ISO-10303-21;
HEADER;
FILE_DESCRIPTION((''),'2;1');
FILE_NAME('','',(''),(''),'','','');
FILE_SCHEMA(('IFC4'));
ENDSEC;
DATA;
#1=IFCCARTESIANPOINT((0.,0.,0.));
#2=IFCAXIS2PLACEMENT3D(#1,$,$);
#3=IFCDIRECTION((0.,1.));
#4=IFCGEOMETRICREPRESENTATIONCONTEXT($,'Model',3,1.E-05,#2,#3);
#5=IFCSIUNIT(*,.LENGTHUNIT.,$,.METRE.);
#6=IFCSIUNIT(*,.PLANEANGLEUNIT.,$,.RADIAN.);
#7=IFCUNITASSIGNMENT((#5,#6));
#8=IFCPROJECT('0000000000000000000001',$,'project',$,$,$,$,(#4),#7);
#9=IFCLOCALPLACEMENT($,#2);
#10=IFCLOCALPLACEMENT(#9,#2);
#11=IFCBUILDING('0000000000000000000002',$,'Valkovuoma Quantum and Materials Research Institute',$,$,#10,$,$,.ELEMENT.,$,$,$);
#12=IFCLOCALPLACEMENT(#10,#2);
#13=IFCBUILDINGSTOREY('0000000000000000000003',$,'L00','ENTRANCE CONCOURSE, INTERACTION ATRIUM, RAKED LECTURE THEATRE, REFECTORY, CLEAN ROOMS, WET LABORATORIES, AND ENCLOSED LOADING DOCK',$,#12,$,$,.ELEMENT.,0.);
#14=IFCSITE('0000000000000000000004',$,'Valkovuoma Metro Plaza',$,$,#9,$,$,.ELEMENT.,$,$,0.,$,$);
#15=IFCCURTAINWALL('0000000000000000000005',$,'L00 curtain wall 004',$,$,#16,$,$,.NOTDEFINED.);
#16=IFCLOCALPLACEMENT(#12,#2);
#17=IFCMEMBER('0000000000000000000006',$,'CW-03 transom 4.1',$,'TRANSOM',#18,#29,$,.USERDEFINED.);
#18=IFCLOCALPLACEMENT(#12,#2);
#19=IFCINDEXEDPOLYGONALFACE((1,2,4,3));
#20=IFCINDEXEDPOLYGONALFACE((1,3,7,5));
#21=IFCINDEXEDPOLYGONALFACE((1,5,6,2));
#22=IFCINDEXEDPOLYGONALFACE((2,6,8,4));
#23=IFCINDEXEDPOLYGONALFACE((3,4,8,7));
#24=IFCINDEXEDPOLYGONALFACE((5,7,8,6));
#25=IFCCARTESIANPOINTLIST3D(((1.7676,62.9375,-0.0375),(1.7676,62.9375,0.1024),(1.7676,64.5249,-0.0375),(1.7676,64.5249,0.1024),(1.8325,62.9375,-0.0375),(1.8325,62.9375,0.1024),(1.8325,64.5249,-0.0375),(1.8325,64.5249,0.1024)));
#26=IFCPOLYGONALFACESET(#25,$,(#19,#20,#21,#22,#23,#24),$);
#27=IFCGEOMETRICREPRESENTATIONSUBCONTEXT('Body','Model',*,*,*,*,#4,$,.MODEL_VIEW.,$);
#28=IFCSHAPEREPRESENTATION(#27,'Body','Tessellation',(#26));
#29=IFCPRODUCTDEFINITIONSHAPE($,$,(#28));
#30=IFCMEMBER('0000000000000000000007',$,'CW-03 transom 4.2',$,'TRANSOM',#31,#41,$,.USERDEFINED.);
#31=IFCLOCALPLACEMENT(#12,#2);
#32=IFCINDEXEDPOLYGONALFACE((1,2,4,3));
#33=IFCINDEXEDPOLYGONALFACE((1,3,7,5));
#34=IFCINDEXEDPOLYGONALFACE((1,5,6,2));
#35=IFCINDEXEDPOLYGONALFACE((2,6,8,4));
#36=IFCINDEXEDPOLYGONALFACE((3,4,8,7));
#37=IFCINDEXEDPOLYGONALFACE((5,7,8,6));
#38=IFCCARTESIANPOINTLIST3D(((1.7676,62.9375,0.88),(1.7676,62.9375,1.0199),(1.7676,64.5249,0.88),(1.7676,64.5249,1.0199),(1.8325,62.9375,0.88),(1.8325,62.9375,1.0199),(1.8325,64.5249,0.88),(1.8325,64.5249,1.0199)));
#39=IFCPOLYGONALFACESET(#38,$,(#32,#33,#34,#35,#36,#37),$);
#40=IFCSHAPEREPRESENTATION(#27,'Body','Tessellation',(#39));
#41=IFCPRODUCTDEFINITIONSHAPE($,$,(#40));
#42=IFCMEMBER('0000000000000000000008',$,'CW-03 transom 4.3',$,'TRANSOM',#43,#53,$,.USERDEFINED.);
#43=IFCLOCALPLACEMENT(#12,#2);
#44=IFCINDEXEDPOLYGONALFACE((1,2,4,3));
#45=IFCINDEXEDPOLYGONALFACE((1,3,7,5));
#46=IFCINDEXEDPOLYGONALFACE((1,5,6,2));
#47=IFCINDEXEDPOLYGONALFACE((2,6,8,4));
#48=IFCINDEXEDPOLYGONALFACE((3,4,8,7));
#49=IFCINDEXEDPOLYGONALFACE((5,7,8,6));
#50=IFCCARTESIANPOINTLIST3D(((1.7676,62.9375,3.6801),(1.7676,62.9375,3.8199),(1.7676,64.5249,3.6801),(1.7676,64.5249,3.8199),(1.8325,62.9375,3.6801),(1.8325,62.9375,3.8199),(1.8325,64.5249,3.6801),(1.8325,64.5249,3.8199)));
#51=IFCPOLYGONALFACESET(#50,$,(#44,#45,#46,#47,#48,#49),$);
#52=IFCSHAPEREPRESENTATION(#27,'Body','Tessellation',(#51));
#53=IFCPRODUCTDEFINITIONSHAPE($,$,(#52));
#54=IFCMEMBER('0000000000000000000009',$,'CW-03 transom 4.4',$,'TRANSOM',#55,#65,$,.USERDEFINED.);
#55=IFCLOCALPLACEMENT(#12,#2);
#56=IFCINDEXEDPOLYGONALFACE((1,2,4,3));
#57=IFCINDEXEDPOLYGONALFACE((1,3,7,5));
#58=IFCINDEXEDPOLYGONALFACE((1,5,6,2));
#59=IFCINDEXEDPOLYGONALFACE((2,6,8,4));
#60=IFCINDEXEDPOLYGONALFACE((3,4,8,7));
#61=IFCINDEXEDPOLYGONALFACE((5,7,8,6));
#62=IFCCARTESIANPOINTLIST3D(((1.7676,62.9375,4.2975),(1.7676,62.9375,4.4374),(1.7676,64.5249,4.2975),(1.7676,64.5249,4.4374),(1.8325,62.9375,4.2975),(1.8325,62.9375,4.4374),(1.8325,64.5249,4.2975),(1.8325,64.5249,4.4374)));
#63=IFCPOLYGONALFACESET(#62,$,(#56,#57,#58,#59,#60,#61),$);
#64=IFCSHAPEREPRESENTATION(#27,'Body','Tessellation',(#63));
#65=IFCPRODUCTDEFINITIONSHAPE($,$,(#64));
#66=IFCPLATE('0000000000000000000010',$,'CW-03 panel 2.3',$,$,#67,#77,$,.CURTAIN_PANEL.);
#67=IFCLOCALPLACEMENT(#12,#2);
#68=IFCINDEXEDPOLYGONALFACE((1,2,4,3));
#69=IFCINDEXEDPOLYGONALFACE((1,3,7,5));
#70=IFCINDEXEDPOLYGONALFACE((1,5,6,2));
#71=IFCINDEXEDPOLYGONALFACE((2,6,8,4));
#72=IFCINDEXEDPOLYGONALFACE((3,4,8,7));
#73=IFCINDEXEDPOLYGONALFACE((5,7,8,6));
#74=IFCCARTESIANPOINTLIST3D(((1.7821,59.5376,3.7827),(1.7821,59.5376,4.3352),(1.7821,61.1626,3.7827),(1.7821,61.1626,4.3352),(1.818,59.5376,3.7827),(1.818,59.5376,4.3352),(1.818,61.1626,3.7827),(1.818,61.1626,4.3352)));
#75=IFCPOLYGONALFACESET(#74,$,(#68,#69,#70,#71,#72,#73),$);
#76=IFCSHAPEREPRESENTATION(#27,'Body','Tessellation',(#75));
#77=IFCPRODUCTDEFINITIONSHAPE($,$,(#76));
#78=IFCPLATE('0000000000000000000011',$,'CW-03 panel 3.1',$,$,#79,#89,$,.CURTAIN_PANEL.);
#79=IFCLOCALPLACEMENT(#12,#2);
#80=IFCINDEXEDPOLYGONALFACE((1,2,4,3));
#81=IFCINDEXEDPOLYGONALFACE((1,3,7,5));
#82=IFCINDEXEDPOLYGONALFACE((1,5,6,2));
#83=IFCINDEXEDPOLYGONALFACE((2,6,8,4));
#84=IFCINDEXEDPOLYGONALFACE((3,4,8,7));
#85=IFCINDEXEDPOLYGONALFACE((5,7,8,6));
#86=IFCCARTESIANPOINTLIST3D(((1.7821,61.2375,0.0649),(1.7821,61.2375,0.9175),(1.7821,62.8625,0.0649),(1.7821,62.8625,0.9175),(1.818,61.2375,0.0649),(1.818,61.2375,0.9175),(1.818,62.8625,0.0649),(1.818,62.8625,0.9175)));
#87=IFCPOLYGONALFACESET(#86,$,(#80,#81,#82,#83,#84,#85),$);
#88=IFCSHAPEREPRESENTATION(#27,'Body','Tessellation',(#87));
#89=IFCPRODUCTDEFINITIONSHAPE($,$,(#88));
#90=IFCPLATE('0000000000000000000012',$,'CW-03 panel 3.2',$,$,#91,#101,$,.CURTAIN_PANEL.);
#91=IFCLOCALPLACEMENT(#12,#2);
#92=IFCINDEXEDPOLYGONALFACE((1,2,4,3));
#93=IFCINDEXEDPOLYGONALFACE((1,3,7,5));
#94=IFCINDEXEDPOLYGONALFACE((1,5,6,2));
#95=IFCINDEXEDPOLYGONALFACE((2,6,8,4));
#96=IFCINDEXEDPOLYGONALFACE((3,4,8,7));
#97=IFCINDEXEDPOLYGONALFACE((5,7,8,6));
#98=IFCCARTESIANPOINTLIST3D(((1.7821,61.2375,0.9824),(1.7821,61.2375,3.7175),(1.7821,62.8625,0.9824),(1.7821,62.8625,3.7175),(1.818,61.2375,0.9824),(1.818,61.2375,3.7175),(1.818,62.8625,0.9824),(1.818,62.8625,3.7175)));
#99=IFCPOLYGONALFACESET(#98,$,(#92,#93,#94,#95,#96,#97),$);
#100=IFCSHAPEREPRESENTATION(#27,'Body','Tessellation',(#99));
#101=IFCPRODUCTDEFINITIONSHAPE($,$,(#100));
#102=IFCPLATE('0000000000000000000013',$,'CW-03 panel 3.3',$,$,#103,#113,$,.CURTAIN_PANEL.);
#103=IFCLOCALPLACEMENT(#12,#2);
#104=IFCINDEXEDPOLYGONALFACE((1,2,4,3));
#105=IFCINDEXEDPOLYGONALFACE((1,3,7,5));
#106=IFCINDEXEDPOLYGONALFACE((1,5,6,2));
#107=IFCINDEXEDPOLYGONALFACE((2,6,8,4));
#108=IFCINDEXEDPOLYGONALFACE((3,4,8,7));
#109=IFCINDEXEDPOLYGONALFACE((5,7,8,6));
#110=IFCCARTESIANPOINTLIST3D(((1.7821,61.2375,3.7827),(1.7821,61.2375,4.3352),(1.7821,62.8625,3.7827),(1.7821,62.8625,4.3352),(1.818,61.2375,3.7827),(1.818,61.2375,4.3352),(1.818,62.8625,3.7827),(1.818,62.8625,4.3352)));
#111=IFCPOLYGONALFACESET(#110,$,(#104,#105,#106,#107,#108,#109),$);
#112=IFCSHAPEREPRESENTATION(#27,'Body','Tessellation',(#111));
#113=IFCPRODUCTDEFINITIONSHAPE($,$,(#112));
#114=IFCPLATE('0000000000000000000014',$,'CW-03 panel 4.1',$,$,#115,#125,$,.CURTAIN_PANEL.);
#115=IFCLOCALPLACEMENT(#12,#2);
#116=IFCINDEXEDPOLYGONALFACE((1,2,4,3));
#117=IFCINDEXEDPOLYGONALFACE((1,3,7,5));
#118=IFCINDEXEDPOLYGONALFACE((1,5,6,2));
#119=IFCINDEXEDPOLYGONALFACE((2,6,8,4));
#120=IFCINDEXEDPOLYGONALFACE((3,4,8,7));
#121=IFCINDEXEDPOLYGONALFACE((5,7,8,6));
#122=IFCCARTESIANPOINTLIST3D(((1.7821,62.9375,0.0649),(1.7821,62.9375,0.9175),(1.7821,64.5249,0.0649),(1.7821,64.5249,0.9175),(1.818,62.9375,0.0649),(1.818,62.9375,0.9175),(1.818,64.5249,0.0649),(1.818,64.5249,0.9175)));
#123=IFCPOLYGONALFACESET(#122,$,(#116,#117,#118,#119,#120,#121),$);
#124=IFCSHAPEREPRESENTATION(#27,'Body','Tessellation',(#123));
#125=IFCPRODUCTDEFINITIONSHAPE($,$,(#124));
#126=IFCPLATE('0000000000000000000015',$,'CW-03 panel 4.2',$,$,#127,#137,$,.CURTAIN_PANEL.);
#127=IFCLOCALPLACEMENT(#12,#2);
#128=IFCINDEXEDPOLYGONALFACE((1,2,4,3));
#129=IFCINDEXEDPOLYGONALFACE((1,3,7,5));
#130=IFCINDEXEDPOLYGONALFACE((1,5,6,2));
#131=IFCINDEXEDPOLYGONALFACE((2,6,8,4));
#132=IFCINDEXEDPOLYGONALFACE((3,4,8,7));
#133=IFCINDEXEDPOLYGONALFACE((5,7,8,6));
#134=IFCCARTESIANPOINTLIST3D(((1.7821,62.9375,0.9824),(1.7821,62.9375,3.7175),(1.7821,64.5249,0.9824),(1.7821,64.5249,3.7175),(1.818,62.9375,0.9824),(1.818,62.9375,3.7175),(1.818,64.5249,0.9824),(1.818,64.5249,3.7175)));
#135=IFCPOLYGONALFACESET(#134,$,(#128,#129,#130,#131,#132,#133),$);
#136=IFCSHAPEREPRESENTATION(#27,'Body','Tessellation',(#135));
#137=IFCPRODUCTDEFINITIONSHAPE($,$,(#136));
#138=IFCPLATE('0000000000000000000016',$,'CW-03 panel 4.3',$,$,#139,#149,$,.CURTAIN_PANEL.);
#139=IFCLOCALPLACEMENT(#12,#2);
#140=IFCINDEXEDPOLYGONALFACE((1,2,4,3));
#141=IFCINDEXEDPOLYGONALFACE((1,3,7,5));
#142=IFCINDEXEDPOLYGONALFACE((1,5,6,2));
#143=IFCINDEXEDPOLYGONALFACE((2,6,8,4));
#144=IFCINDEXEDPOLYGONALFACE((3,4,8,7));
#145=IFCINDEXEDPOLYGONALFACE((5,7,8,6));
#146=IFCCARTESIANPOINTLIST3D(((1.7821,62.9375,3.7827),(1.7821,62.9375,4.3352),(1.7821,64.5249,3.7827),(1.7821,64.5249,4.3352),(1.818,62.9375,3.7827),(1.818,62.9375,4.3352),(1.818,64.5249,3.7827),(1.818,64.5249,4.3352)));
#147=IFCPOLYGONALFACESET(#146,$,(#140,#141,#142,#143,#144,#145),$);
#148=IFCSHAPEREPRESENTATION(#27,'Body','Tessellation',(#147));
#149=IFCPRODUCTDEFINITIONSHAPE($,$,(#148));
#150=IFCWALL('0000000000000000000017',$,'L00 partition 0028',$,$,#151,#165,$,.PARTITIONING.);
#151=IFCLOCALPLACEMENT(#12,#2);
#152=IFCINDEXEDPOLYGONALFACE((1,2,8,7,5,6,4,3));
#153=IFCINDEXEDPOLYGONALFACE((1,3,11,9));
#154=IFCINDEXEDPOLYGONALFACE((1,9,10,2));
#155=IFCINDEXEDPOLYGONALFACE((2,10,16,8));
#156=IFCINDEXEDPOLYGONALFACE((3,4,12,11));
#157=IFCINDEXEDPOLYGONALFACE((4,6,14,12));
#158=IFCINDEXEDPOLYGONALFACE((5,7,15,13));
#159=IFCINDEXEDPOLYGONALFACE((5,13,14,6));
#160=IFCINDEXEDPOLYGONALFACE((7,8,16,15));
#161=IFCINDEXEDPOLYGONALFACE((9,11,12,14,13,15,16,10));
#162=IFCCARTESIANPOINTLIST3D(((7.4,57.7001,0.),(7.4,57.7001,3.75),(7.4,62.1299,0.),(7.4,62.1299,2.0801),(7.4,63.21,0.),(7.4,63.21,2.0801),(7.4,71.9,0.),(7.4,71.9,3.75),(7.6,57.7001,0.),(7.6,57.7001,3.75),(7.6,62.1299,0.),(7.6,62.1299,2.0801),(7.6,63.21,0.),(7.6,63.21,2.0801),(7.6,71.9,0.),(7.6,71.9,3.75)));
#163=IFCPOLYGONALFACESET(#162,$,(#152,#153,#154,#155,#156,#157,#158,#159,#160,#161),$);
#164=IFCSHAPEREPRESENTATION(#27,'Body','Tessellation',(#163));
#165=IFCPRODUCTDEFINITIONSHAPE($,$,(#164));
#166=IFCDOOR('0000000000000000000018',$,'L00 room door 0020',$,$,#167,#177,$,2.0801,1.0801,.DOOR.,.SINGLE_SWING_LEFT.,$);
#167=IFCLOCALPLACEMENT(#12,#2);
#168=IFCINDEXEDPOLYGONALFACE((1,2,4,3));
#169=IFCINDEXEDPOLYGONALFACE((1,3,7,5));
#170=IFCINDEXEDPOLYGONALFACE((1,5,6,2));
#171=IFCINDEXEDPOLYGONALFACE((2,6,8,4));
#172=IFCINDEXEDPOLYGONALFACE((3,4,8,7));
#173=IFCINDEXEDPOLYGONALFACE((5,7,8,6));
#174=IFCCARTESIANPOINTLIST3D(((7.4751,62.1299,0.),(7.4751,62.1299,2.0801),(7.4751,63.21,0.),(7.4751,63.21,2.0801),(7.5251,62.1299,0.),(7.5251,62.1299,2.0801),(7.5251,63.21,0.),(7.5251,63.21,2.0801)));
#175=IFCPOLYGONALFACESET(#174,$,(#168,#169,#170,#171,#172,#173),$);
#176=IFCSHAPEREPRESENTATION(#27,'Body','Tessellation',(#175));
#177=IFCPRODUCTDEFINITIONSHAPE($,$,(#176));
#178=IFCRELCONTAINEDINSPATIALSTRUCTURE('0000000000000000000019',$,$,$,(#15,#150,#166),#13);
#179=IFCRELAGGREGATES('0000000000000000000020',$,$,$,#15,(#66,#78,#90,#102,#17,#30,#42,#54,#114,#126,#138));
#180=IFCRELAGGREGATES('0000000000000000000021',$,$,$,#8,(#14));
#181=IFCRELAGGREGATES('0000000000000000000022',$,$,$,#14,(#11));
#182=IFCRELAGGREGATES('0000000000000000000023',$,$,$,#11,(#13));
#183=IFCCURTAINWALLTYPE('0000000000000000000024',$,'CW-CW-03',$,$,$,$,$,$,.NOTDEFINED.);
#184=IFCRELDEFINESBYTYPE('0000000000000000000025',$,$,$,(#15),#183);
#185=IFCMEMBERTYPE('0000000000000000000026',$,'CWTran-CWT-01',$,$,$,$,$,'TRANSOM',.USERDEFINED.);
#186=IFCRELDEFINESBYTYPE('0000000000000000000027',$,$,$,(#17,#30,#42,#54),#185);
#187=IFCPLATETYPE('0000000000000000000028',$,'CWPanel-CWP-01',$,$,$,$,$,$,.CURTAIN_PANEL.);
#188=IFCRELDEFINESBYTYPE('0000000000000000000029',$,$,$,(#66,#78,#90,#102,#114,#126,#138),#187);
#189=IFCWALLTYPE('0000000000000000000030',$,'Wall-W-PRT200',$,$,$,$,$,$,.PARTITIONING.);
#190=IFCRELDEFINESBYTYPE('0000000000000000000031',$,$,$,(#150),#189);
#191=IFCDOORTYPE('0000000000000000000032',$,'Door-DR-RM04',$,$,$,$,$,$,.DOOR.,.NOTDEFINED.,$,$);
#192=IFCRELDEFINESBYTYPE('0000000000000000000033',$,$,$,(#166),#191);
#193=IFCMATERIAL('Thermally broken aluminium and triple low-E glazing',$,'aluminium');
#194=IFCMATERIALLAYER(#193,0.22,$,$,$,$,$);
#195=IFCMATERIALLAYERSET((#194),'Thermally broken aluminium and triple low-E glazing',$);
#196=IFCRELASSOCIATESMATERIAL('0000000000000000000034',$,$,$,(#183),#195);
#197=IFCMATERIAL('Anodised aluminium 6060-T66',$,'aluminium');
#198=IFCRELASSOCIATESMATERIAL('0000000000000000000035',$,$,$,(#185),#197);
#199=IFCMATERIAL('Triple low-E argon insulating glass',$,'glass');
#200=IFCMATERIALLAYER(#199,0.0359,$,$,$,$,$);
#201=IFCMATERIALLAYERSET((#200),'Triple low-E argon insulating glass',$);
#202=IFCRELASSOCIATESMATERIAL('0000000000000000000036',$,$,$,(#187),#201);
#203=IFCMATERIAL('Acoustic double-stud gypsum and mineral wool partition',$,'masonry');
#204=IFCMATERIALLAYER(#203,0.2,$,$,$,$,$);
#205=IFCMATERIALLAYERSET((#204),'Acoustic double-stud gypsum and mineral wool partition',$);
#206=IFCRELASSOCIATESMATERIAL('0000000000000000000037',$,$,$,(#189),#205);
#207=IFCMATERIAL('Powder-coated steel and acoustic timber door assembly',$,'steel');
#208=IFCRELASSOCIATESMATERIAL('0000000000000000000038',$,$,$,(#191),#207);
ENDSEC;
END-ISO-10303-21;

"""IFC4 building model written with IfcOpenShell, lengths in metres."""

from ifc_helpers import new_model, si_unit, direction, frame, frame_2d, origin, origin_2d, place, context, subcontext, project, spatial, rectangle, extrude, material, layer, layer_set, material_profile, profile_set, type_object, element, fill, aggregate, save


model = new_model("IFC4")

# Units and contexts
model_context = context("Model", 3, precision=1e-05, world=origin(), true_north=direction((0.0, 1.0)))
body_context = subcontext(model_context, "Body", "Model", "MODEL_VIEW")
ifc_project = project(units=[si_unit("LENGTHUNIT", "METRE"), si_unit("PLANEANGLEUNIT", "RADIAN")], contexts=[model_context])

# Site, building, storey
site_placement = place(None, origin())
site = spatial("IfcSite", under=ifc_project, at=site_placement, Name="Valkovuoma Metro Plaza", CompositionType="ELEMENT", RefElevation=0.0)
building_placement = place(site_placement, origin())
building = spatial("IfcBuilding", under=site, at=building_placement, Name="Valkovuoma Quantum and Materials Research Institute", CompositionType="ELEMENT")
storey_placement = place(building_placement, origin())
storey = spatial("IfcBuildingStorey", under=building, at=storey_placement, Name="L00", Description="ENTRANCE CONCOURSE, INTERACTION ATRIUM, RAKED LECTURE THEATRE, REFECTORY, CLEAN ROOMS, WET LABORATORIES, AND ENCLOSED LOADING DOCK", CompositionType="ELEMENT", Elevation=0.0)

# Curtain wall
ifc_material_1 = material(Name="Thermally broken aluminium and triple low-E glazing", Category="aluminium")
ifc_layer_1 = layer(ifc_material_1, 0.22)
ifc_layer_set_1 = layer_set([ifc_layer_1], Name="Thermally broken aluminium and triple low-E glazing")
curtain_wall_type = type_object("IfcCurtainWallType", Name="CW-CW-03", PredefinedType="NOTDEFINED", material=ifc_layer_set_1)
curtain_wall_1_placement = place(storey_placement, origin())
curtain_wall_1 = element("IfcCurtainWall", 1, at=curtain_wall_1_placement, inside=storey, type_object=curtain_wall_type, Name="L00 curtain wall 004", PredefinedType="NOTDEFINED")

# Members
ifc_material_2 = material(Name="Anodised aluminium 6060-T66", Category="aluminium")
ifc_material_profile_1 = material_profile(ifc_material_2, rectangle(XDim=0.0649, YDim=0.1399, at=origin_2d()), Name="Anodised aluminium 6060-T66")
ifc_profile_set_1 = profile_set([ifc_material_profile_1], Name="Anodised aluminium 6060-T66")
member_type_1 = type_object("IfcMemberType", Name="CWTran-CWT-01", ElementType="TRANSOM", PredefinedType="USERDEFINED", material=ifc_profile_set_1)
member_1_placement = place(storey_placement, frame((1.8, 62.9375, 0.0325), z_axis=(0.0, 1.0, 0.0), x_axis=(-1.0, 0.0, 0.0)))
member_1 = element("IfcMember", 2, at=member_1_placement, type_object=member_type_1, Name="CW-03 transom 4.1", ObjectType="TRANSOM", PredefinedType="USERDEFINED", context=body_context, shape_type="SweptSolid", body=[
    extrude(rectangle(XDim=0.0649, YDim=0.1399, at=origin_2d()), origin(), (0.0, 0.0, 1.0), 1.5874),
])
member_2_placement = place(storey_placement, frame((1.8, 62.9375, 0.95), z_axis=(0.0, 1.0, 0.0), x_axis=(-1.0, 0.0, 0.0)))
member_2 = element("IfcMember", 3, at=member_2_placement, type_object=member_type_1, Name="CW-03 transom 4.2", ObjectType="TRANSOM", PredefinedType="USERDEFINED", context=body_context, shape_type="SweptSolid", body=[
    extrude(rectangle(XDim=0.0649, YDim=0.1399, at=origin_2d()), origin(), (0.0, 0.0, 1.0), 1.5874),
])
member_3_placement = place(storey_placement, frame((1.8, 62.9375, 3.75), z_axis=(0.0, 1.0, 0.0), x_axis=(-1.0, 0.0, 0.0)))
member_3 = element("IfcMember", 4, at=member_3_placement, type_object=member_type_1, Name="CW-03 transom 4.3", ObjectType="TRANSOM", PredefinedType="USERDEFINED", context=body_context, shape_type="SweptSolid", body=[
    extrude(rectangle(XDim=0.0649, YDim=0.1399, at=origin_2d()), origin(), (0.0, 0.0, 1.0), 1.5874),
])
member_4_placement = place(storey_placement, frame((1.8, 62.9375, 4.3674), z_axis=(0.0, 1.0, 0.0), x_axis=(-1.0, 0.0, 0.0)))
member_4 = element("IfcMember", 5, at=member_4_placement, type_object=member_type_1, Name="CW-03 transom 4.4", ObjectType="TRANSOM", PredefinedType="USERDEFINED", context=body_context, shape_type="SweptSolid", body=[
    extrude(rectangle(XDim=0.0649, YDim=0.1399, at=origin_2d()), origin(), (0.0, 0.0, 1.0), 1.5874),
])

# Plates
ifc_material_3 = material(Name="Triple low-E argon insulating glass", Category="glass")
ifc_layer_2 = layer(ifc_material_3, 0.0359)
ifc_layer_set_2 = layer_set([ifc_layer_2], Name="Triple low-E argon insulating glass")
plate_type = type_object("IfcPlateType", Name="CWPanel-CWP-01", PredefinedType="CURTAIN_PANEL", material=ifc_layer_set_2)
plate_1_placement = place(storey_placement, frame((1.8, 60.3501, 3.7827), z_axis=(0.0, 0.0, 1.0), x_axis=(0.0, 1.0, 0.0)))
plate_1 = element("IfcPlate", 6, at=plate_1_placement, type_object=plate_type, Name="CW-03 panel 2.3", PredefinedType="CURTAIN_PANEL", context=body_context, shape_type="SweptSolid", body=[
    extrude(rectangle(XDim=1.625, YDim=0.0359, at=origin_2d()), origin(), (0.0, 0.0, 1.0), 0.5525),
])
plate_2_placement = place(storey_placement, frame((1.8, 62.05, 0.0649), z_axis=(0.0, 0.0, 1.0), x_axis=(0.0, 1.0, 0.0)))
plate_2 = element("IfcPlate", 7, at=plate_2_placement, type_object=plate_type, Name="CW-03 panel 3.1", PredefinedType="CURTAIN_PANEL", context=body_context, shape_type="SweptSolid", body=[
    extrude(rectangle(XDim=1.625, YDim=0.0359, at=origin_2d()), origin(), (0.0, 0.0, 1.0), 0.8525),
])
plate_3_placement = place(storey_placement, frame((1.8, 62.05, 0.9824), z_axis=(0.0, 0.0, 1.0), x_axis=(0.0, 1.0, 0.0)))
plate_3 = element("IfcPlate", 8, at=plate_3_placement, type_object=plate_type, Name="CW-03 panel 3.2", PredefinedType="CURTAIN_PANEL", context=body_context, shape_type="SweptSolid", body=[
    extrude(rectangle(XDim=1.625, YDim=0.0359, at=origin_2d()), origin(), (0.0, 0.0, 1.0), 2.7351),
])
plate_4_placement = place(storey_placement, frame((1.8, 62.05, 3.7827), z_axis=(0.0, 0.0, 1.0), x_axis=(0.0, 1.0, 0.0)))
plate_4 = element("IfcPlate", 9, at=plate_4_placement, type_object=plate_type, Name="CW-03 panel 3.3", PredefinedType="CURTAIN_PANEL", context=body_context, shape_type="SweptSolid", body=[
    extrude(rectangle(XDim=1.625, YDim=0.0359, at=origin_2d()), origin(), (0.0, 0.0, 1.0), 0.5525),
])
plate_5_placement = place(storey_placement, frame((1.8, 63.7312, 0.0649), z_axis=(0.0, 0.0, 1.0), x_axis=(0.0, 1.0, 0.0)))
plate_5 = element("IfcPlate", 10, at=plate_5_placement, type_object=plate_type, Name="CW-03 panel 4.1", PredefinedType="CURTAIN_PANEL", context=body_context, shape_type="SweptSolid", body=[
    extrude(rectangle(XDim=1.5874, YDim=0.0359, at=origin_2d()), origin(), (0.0, 0.0, 1.0), 0.8525),
])
plate_6_placement = place(storey_placement, frame((1.8, 63.7312, 0.9824), z_axis=(0.0, 0.0, 1.0), x_axis=(0.0, 1.0, 0.0)))
plate_6 = element("IfcPlate", 11, at=plate_6_placement, type_object=plate_type, Name="CW-03 panel 4.2", PredefinedType="CURTAIN_PANEL", context=body_context, shape_type="SweptSolid", body=[
    extrude(rectangle(XDim=1.5874, YDim=0.0359, at=origin_2d()), origin(), (0.0, 0.0, 1.0), 2.7351),
])
plate_7_placement = place(storey_placement, frame((1.8, 63.7312, 3.7827), z_axis=(0.0, 0.0, 1.0), x_axis=(0.0, 1.0, 0.0)))
plate_7 = element("IfcPlate", 12, at=plate_7_placement, type_object=plate_type, Name="CW-03 panel 4.3", PredefinedType="CURTAIN_PANEL", context=body_context, shape_type="SweptSolid", body=[
    extrude(rectangle(XDim=1.5874, YDim=0.0359, at=origin_2d()), origin(), (0.0, 0.0, 1.0), 0.5525),
])
aggregate(curtain_wall_1, [plate_1, plate_2, plate_3, plate_4, member_1, member_2, member_3, member_4, plate_5, plate_6, plate_7])

# Wall, opening, door
ifc_material_4 = material(Name="Acoustic double-stud gypsum and mineral wool partition", Category="masonry")
ifc_layer_3 = layer(ifc_material_4, 0.2)
ifc_layer_set_3 = layer_set([ifc_layer_3], Name="Acoustic double-stud gypsum and mineral wool partition")
wall_type = type_object("IfcWallType", Name="Wall-W-PRT200", PredefinedType="PARTITIONING", material=ifc_layer_set_3)
wall_1_placement = place(storey_placement, frame((7.5, 57.7, 0.0), z_axis=(0.0, 0.0, 1.0), x_axis=(0.0, 1.0, 0.0)))
wall_1 = element("IfcWall", 13, at=wall_1_placement, inside=storey, type_object=wall_type, Name="L00 partition 0028", PredefinedType="PARTITIONING", context=body_context, shape_type="SweptSolid", body=[
    extrude(rectangle(XDim=14.2, YDim=0.2, at=frame_2d((7.1001, 0.0))), origin(), (0.0, 0.0, 1.0), 3.75),
])
opening_1_placement = place(wall_1_placement, frame((4.4299, 0.0, 0.0)))
opening_1 = element("IfcOpeningElement", 14, at=opening_1_placement, cuts=wall_1, PredefinedType="OPENING", context=body_context, shape_type="SweptSolid", body=[
    extrude(rectangle(XDim=1.0801, YDim=2.0801, at=frame_2d((0.54, 1.04))), frame((0.0, 0.1099, 0.0), z_axis=(0.0, -1.0, 0.0), x_axis=(1.0, 0.0, 0.0)), (0.0, 0.0, 1.0), 0.22),
])
ifc_material_5 = material(Name="Powder-coated steel and acoustic timber door assembly", Category="steel")
door_type_1 = type_object("IfcDoorType", Name="Door-DR-RM04", OperationType="NOTDEFINED", PredefinedType="DOOR", material=ifc_material_5)
door_1_placement = place(opening_1_placement, origin())
door_1 = element("IfcDoor", 15, at=door_1_placement, inside=storey, type_object=door_type_1, Name="L00 room door 0020", OperationType="SINGLE_SWING_LEFT", OverallHeight=2.0801, OverallWidth=1.0801, PredefinedType="DOOR", context=body_context, shape_type="SweptSolid", body=[
    extrude(rectangle(XDim=1.0801, YDim=2.0801, at=frame_2d((0.54, 1.04))), frame((0.0, 0.0249, 0.0), z_axis=(0.0, -1.0, 0.0), x_axis=(1.0, 0.0, 0.0)), (0.0, 0.0, 1.0), 0.05),
])
fill(opening_1, door_1)

save(model, "model.ifc")
